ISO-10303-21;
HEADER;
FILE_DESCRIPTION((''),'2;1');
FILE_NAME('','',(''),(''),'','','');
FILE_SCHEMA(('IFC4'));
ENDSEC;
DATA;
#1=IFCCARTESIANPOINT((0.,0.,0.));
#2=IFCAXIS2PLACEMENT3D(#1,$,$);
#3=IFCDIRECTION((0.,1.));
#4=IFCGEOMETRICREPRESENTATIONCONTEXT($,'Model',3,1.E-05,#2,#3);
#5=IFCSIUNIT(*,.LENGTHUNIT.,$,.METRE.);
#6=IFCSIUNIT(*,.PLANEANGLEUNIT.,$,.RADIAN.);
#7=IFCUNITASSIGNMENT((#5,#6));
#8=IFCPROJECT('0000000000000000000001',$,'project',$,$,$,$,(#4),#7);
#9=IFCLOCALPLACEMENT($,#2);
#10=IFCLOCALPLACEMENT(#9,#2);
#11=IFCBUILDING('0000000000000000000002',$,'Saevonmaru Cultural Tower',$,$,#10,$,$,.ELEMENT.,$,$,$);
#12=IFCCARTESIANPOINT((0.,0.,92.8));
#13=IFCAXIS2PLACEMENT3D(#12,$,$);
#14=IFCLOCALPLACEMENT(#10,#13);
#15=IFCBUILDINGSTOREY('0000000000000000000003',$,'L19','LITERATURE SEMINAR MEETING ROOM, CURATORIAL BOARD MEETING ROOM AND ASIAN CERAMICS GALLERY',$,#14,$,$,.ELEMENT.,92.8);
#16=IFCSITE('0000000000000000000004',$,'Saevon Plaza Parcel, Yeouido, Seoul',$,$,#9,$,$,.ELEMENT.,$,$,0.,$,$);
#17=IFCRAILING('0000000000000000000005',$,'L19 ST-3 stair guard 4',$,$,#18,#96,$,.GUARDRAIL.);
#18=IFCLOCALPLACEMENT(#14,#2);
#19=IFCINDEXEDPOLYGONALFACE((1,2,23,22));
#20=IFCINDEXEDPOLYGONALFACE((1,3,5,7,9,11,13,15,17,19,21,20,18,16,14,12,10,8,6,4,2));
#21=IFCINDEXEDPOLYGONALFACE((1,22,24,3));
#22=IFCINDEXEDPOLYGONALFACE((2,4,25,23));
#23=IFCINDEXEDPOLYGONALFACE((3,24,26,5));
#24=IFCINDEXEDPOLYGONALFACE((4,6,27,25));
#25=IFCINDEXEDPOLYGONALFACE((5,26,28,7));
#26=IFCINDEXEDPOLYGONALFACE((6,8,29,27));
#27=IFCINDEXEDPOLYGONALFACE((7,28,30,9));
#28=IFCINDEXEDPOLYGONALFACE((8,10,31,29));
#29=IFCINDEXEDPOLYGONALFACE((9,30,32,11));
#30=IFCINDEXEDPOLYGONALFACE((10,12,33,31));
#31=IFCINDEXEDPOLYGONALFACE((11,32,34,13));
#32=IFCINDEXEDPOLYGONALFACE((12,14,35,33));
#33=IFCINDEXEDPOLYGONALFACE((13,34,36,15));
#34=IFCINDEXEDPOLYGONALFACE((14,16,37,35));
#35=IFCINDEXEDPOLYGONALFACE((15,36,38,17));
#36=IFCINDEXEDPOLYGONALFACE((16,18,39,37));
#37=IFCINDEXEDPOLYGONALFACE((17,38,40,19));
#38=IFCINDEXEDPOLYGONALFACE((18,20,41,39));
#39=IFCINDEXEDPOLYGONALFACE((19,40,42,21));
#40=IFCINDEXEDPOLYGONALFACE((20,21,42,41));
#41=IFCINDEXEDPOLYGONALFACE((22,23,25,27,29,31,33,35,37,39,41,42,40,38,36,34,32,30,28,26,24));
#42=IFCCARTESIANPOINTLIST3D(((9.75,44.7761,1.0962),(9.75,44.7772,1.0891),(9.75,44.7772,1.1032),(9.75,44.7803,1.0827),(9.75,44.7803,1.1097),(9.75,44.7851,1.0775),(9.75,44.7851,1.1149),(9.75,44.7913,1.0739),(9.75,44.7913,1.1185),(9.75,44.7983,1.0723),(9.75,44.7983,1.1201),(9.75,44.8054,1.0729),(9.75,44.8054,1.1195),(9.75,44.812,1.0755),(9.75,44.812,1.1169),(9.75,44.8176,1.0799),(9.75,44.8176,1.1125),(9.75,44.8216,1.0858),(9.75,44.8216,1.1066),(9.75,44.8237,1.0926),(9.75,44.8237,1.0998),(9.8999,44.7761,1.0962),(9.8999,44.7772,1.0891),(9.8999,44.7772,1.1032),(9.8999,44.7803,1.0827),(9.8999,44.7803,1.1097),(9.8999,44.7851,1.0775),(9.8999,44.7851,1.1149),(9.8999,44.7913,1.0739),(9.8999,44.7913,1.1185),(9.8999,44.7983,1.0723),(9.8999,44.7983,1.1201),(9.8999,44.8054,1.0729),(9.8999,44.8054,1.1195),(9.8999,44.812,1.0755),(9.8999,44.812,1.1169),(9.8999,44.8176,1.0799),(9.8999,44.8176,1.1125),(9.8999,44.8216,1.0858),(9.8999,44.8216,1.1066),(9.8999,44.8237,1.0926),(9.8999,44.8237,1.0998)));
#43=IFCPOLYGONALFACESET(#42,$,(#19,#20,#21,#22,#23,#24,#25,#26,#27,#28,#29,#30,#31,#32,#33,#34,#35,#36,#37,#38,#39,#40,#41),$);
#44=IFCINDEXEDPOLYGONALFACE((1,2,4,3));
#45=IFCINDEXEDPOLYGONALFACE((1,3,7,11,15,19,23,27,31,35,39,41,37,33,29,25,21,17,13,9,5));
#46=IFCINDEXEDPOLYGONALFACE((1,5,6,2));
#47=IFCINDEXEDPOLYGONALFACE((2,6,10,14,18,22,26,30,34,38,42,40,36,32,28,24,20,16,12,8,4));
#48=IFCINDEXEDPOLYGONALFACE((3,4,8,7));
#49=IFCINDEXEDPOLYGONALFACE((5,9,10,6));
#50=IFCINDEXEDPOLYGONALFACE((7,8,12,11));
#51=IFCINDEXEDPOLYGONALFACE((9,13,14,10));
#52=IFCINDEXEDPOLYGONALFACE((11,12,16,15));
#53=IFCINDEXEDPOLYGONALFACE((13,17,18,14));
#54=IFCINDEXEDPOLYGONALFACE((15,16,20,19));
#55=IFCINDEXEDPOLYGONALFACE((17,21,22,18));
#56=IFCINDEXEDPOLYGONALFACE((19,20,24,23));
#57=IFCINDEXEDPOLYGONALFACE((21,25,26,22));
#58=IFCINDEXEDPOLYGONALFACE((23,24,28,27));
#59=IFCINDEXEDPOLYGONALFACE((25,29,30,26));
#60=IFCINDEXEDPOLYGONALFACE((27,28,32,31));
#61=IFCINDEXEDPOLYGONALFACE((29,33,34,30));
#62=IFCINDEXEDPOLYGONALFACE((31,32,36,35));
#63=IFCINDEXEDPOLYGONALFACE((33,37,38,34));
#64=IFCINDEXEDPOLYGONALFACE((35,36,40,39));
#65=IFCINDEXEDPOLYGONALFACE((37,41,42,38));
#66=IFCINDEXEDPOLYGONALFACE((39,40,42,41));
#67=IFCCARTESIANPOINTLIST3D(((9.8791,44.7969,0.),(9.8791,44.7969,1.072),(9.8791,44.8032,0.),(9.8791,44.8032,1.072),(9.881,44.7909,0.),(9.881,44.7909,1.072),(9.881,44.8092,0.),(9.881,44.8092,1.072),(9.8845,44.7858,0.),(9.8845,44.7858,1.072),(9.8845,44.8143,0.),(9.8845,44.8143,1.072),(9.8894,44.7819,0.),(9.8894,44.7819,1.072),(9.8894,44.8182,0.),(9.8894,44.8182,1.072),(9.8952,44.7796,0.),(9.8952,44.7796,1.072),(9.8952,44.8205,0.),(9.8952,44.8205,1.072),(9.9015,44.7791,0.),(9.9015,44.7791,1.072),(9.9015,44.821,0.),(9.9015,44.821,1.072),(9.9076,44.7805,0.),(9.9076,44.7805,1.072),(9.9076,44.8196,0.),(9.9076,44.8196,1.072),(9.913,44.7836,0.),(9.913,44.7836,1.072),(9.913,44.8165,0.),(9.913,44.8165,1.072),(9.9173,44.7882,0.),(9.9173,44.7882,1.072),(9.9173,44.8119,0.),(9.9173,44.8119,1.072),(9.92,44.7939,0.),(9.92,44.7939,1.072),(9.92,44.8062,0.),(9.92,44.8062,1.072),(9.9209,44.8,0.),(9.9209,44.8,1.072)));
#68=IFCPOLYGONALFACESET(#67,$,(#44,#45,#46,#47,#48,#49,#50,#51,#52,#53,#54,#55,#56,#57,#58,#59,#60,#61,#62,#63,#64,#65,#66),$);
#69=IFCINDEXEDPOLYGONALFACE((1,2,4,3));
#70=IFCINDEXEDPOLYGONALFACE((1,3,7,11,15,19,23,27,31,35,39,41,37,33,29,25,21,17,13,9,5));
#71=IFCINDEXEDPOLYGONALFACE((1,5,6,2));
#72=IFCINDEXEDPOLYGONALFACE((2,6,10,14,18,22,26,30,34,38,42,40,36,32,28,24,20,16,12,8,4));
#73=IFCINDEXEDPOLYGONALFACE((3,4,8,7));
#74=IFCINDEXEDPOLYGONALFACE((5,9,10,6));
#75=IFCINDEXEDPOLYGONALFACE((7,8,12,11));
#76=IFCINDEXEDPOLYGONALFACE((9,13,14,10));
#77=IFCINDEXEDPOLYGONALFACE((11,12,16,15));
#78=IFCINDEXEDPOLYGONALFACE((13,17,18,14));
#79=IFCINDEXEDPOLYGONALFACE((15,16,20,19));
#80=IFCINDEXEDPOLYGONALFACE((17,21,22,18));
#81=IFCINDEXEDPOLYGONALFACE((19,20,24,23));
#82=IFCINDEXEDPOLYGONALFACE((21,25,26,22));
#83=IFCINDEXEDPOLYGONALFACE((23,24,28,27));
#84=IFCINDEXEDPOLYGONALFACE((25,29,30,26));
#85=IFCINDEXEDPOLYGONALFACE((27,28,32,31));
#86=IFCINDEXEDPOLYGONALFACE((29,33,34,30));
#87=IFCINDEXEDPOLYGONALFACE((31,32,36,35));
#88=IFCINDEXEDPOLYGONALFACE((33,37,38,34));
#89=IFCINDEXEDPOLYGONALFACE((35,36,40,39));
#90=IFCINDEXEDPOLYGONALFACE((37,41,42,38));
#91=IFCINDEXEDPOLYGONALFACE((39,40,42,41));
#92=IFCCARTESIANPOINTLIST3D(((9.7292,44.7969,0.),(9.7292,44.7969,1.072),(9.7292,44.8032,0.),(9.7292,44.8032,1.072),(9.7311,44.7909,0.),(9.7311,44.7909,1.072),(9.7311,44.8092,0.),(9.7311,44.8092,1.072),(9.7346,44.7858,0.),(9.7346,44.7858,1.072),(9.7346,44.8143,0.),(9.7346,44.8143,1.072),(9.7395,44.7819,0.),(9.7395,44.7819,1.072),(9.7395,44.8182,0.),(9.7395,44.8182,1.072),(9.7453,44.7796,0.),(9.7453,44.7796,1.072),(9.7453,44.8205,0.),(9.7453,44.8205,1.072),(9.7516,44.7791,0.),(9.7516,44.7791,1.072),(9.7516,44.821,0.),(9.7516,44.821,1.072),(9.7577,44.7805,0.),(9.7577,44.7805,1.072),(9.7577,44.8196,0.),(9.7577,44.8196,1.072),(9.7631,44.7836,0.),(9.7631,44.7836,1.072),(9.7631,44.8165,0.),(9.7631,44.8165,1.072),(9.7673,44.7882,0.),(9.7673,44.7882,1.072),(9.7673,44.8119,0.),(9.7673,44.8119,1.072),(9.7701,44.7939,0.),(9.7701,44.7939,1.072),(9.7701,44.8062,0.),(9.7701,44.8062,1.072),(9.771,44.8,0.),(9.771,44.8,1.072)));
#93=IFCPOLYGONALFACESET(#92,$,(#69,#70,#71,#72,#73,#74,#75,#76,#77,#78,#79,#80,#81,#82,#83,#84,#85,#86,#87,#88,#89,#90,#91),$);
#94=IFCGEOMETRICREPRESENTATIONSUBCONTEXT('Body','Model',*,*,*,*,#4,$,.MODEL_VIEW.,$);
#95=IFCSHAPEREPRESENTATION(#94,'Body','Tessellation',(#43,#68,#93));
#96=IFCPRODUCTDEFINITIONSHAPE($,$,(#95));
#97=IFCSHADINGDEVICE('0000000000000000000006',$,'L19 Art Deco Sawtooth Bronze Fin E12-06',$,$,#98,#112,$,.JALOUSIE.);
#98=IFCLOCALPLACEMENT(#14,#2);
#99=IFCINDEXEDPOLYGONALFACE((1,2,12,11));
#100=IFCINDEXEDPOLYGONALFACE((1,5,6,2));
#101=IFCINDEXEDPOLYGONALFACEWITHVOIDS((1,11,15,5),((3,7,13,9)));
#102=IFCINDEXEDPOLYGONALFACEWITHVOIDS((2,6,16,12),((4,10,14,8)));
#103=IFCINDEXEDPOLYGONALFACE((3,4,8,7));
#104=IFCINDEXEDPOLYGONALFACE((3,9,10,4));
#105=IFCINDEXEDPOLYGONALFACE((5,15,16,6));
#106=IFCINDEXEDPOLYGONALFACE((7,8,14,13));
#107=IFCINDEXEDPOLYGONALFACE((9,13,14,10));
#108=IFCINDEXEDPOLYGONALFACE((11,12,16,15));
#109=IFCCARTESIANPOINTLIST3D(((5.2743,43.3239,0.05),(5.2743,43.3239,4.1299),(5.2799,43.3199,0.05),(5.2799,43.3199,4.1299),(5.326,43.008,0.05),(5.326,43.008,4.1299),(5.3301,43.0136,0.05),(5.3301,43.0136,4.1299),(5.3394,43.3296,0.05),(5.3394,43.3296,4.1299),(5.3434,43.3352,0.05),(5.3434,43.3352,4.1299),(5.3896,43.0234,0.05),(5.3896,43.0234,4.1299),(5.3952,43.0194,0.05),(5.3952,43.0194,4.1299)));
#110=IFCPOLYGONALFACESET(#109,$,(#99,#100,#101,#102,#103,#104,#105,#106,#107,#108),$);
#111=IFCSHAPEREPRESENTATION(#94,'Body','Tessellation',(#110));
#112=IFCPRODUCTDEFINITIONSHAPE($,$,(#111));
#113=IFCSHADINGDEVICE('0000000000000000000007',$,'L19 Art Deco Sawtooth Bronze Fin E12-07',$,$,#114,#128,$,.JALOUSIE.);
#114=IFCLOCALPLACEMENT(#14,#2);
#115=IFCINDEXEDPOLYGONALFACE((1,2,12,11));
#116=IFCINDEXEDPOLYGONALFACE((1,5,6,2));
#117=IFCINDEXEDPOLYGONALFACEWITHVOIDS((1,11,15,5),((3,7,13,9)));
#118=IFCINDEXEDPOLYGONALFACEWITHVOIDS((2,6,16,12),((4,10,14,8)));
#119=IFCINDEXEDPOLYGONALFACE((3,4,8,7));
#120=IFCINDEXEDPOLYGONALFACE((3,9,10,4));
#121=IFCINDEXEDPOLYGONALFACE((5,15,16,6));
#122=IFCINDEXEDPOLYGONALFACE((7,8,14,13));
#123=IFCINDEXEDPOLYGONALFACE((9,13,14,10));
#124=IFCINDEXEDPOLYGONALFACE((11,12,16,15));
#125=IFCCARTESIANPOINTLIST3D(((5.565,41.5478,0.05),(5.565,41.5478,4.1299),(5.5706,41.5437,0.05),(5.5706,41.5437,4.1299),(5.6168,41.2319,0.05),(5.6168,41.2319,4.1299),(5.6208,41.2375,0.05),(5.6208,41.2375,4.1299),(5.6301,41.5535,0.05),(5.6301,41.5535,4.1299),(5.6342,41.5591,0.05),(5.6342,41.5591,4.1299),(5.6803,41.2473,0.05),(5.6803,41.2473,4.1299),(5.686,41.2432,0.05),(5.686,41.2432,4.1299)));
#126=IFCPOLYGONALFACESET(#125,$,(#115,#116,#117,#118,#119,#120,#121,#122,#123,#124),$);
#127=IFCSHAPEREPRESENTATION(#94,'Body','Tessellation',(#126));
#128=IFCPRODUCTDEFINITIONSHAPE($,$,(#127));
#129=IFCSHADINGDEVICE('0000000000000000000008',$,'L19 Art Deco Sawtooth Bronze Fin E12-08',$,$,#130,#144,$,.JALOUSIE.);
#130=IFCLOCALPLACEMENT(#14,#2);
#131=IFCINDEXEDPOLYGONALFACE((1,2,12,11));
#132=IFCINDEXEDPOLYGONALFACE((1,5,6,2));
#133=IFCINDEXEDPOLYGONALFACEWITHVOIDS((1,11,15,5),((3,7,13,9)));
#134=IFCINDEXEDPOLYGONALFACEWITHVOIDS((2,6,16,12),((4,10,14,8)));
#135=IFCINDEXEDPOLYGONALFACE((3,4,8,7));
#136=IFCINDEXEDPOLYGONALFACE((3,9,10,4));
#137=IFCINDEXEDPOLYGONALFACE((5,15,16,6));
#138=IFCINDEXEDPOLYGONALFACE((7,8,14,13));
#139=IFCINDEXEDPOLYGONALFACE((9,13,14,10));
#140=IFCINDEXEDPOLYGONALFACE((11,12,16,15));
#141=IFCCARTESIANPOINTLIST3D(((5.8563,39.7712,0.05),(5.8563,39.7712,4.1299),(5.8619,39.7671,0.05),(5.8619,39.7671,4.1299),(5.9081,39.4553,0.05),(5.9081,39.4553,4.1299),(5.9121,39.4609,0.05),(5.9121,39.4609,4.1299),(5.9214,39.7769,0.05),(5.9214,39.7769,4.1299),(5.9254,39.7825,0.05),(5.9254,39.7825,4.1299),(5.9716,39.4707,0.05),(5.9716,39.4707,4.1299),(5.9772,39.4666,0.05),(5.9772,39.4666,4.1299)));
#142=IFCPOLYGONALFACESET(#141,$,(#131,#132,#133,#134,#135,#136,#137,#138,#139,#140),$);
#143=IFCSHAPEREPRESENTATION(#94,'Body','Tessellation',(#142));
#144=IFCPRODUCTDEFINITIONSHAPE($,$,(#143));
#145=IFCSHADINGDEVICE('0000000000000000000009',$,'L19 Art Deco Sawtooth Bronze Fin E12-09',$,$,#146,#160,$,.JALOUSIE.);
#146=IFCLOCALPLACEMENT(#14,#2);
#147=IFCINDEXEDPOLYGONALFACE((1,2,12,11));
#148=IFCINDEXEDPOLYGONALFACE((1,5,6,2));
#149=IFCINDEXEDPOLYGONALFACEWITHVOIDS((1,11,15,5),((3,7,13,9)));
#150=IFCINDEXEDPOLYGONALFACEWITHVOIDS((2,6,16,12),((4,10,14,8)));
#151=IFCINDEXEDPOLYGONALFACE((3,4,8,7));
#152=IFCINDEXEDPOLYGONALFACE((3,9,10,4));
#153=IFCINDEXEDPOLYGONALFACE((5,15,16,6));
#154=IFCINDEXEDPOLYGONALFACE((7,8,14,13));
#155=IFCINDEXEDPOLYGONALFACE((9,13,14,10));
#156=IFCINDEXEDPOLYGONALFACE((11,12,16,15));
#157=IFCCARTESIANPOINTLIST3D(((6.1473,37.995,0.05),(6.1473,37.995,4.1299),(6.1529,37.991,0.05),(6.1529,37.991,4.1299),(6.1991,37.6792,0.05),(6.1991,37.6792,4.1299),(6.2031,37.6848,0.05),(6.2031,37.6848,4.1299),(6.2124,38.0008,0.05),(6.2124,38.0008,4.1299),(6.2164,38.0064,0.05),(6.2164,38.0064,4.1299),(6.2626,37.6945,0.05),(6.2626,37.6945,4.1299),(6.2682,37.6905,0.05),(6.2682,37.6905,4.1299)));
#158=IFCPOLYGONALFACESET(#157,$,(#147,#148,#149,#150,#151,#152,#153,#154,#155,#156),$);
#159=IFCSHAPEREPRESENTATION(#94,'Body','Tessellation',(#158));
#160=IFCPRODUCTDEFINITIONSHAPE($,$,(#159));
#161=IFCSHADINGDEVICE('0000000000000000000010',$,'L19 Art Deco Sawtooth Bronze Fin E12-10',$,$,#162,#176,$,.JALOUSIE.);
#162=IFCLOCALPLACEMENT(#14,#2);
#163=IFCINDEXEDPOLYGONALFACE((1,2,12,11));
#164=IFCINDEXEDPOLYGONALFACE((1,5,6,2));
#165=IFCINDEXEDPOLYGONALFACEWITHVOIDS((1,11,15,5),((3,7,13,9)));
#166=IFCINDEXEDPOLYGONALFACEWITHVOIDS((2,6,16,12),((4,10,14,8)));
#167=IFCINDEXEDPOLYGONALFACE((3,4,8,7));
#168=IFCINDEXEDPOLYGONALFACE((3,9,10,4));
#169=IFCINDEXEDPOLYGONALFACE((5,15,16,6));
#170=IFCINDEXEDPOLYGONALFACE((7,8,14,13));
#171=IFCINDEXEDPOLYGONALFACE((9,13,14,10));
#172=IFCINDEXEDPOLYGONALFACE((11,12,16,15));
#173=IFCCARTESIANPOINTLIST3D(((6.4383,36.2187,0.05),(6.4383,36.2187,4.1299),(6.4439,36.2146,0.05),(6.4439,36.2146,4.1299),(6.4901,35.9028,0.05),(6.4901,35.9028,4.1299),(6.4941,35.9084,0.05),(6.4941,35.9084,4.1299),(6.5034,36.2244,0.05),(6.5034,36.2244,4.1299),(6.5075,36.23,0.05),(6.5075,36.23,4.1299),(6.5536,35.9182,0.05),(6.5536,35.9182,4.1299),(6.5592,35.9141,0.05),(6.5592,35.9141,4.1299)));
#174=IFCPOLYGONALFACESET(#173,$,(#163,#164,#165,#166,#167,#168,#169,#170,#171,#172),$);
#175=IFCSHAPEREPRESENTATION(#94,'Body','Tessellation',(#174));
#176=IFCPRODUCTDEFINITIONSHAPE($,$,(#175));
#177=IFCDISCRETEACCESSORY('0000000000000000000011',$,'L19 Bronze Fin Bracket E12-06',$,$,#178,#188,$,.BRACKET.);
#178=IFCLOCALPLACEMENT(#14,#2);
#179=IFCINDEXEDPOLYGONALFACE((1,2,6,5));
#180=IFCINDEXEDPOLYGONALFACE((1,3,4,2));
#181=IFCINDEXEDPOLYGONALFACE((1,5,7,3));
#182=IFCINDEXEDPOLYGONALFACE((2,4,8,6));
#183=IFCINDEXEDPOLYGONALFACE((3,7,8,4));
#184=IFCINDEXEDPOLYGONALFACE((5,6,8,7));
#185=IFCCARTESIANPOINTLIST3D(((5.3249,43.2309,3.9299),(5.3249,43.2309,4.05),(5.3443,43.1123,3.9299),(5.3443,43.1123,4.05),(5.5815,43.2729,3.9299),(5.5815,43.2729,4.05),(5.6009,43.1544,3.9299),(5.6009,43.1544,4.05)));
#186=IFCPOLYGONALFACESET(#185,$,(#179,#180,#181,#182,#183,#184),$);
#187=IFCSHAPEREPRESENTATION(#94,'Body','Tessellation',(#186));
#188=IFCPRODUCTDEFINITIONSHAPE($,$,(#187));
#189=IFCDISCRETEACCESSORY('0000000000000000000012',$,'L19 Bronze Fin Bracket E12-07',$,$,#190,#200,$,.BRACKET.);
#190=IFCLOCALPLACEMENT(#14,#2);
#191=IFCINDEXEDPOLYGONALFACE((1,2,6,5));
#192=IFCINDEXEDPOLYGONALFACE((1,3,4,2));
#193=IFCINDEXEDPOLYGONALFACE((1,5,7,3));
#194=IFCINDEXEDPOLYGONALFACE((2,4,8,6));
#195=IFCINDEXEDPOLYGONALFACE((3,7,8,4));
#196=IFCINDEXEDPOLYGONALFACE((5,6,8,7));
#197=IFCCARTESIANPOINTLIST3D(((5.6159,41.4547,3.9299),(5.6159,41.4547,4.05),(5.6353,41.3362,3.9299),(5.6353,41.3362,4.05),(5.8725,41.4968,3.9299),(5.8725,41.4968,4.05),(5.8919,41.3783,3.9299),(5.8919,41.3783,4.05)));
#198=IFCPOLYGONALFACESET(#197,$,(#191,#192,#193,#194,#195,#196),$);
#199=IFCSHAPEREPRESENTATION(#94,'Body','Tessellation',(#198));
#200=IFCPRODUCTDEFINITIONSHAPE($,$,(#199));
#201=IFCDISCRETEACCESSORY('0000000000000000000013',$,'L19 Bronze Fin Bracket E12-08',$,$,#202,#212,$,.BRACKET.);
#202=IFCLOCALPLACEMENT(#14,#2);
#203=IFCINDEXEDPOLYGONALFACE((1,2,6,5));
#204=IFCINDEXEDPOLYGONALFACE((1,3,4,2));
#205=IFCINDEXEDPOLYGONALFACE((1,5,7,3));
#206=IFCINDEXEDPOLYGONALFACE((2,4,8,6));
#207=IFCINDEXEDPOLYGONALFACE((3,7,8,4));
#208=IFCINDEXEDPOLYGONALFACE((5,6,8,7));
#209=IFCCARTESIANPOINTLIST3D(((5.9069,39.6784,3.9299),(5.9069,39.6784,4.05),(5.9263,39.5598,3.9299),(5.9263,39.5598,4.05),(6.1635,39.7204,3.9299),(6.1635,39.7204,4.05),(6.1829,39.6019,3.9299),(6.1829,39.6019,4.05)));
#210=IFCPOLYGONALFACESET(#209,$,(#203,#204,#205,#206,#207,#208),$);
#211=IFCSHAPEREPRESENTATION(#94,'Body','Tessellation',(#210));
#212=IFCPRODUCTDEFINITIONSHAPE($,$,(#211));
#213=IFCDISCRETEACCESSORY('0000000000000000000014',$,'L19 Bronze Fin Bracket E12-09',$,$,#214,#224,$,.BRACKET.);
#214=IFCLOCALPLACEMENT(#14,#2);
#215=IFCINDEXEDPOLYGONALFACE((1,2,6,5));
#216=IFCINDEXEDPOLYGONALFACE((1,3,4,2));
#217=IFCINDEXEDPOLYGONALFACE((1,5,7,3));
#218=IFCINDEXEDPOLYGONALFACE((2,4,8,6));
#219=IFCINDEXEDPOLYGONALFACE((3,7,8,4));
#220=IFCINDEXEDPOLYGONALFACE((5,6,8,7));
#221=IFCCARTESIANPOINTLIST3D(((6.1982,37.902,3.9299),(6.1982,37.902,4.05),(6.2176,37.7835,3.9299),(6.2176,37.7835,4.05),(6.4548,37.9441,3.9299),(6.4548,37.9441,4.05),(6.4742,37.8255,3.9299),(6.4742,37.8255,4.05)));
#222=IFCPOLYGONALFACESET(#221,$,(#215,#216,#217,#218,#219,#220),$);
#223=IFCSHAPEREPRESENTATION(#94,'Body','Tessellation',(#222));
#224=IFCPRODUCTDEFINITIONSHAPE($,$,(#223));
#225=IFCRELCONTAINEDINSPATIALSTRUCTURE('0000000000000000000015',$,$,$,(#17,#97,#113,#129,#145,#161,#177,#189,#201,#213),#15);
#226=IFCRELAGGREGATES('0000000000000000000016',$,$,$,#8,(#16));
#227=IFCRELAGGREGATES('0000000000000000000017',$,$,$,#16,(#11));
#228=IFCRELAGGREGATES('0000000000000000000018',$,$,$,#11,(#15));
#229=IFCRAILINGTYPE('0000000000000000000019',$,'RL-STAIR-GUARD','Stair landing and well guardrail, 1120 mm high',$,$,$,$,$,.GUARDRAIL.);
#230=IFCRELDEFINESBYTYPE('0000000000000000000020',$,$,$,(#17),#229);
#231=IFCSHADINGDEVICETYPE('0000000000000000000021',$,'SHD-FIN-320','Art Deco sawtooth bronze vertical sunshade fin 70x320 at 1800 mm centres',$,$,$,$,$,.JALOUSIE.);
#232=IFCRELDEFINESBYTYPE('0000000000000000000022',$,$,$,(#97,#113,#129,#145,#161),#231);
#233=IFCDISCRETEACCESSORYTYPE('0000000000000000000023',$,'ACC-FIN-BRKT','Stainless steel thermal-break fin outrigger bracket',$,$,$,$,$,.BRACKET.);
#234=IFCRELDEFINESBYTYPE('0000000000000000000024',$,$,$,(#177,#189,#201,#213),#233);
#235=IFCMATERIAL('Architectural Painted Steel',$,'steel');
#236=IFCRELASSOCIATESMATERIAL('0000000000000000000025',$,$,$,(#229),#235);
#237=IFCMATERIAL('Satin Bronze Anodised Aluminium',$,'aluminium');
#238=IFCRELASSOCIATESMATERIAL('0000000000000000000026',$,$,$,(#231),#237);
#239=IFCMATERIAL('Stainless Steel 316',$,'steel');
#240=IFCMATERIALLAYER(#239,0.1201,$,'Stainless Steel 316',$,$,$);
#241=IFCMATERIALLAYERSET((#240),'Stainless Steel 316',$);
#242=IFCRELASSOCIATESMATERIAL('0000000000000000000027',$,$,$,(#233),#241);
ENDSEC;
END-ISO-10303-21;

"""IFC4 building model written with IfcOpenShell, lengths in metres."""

from ifc_helpers import new_model, si_unit, direction, frame, origin, origin_2d, place, context, subcontext, project, spatial, rectangle, hollow_rectangle, circle, extrude, material, layer, layer_set, material_profile, profile_set, type_object, element, save


model = new_model("IFC4")

# Units and contexts
model_context = context("Model", 3, precision=1e-05, world=origin(), true_north=direction((0.0, 1.0)))
body_context = subcontext(model_context, "Body", "Model", "MODEL_VIEW")
ifc_project = project(units=[si_unit("LENGTHUNIT", "METRE"), si_unit("PLANEANGLEUNIT", "RADIAN")], contexts=[model_context])

# Site, building, storey
site_placement = place(None, origin())
site = spatial("IfcSite", under=ifc_project, at=site_placement, Name="Saevon Plaza Parcel, Yeouido, Seoul", CompositionType="ELEMENT", RefElevation=0.0)
building_placement = place(site_placement, origin())
building = spatial("IfcBuilding", under=site, at=building_placement, Name="Saevonmaru Cultural Tower", CompositionType="ELEMENT")
storey_placement = place(building_placement, frame((0.0, 0.0, 92.8)))
storey = spatial("IfcBuildingStorey", under=building, at=storey_placement, Name="L19", Description="LITERATURE SEMINAR MEETING ROOM, CURATORIAL BOARD MEETING ROOM AND ASIAN CERAMICS GALLERY", CompositionType="ELEMENT", Elevation=92.8)

# Shared definitions
ifc_material_1 = material(Name="Satin Bronze Anodised Aluminium", Category="aluminium")

# Railing
ifc_material_2 = material(Name="Architectural Painted Steel", Category="steel")
railing_type = type_object("IfcRailingType", Name="RL-STAIR-GUARD", Description="Stair landing and well guardrail, 1120 mm high", PredefinedType="GUARDRAIL", material=ifc_material_2)
railing_1_placement = place(storey_placement, frame((9.8999, 44.8, 0.0)))
element("IfcRailing", 1, at=railing_1_placement, inside=storey, type_object=railing_type, Name="L19 ST-3 stair guard 4", PredefinedType="GUARDRAIL", context=body_context, shape_type="SweptSolid", body=[
    extrude(circle(Radius=0.0239, at=origin_2d()), frame((0.0, 0.0, 1.0962), z_axis=(-1.0, 0.0, 0.0), x_axis=(0.0, -1.0, 0.0)), (0.0, 0.0, 1.0), 0.1499),
    extrude(circle(Radius=0.021, at=origin_2d()), origin(), (0.0, 0.0, 1.0), 1.072),
    extrude(circle(Radius=0.021, at=origin_2d()), frame((-0.1499, 0.0, 0.0)), (0.0, 0.0, 1.0), 1.072),
])

# Shading devices
ifc_material_profile_1 = material_profile(ifc_material_1, hollow_rectangle(XDim=0.0701, YDim=0.3201, WallThickness=0.0049, at=origin_2d()), Name="FIN-320x70")
ifc_profile_set_1 = profile_set([ifc_material_profile_1], Name="Satin Bronze Anodised Aluminium")
shading_device_type = type_object("IfcShadingDeviceType", Name="SHD-FIN-320", Description="Art Deco sawtooth bronze vertical sunshade fin 70x320 at 1800 mm centres", PredefinedType="JALOUSIE", material=ifc_profile_set_1)
for number, where, z_axis, x_axis, name in (
    (2, (5.3347, 43.1716, 0.05), (0.0, 0.0, 1.0), (-0.986827, -0.161776, 0.0), "L19 Art Deco Sawtooth Bronze Fin E12-06"),
    (3, (5.6255, 41.3955, 0.05), (0.0, 0.0, 1.0), (-0.986827, -0.161776, 0.0), "L19 Art Deco Sawtooth Bronze Fin E12-07"),
    (4, (5.9167, 39.6189, 0.05), (0.0, 0.0, 1.0), (-0.986827, -0.161776, 0.0), "L19 Art Deco Sawtooth Bronze Fin E12-08"),
    (5, (6.2078, 37.8428, 0.05), (0.0, 0.0, 1.0), (-0.986827, -0.161776, 0.0), "L19 Art Deco Sawtooth Bronze Fin E12-09"),
    (6, (6.4988, 36.0664, 0.05), (0.0, 0.0, 1.0), (-0.986827, -0.161776, 0.0), "L19 Art Deco Sawtooth Bronze Fin E12-10"),
):
    element("IfcShadingDevice", number, at=place(storey_placement, frame(where, z_axis=z_axis, x_axis=x_axis)), inside=storey, type_object=shading_device_type, Name=name, PredefinedType="JALOUSIE", context=body_context, shape_type="SweptSolid", body=[
        extrude(hollow_rectangle(XDim=0.0701, YDim=0.3201, WallThickness=0.0049, at=origin_2d()), origin(), (0.0, 0.0, 1.0), 4.0798),
    ])

# Discrete accessories
ifc_material_3 = material(Name="Stainless Steel 316", Category="steel")
ifc_layer_1 = layer(ifc_material_3, 0.1201, Name="Stainless Steel 316")
ifc_layer_set_1 = layer_set([ifc_layer_1], Name="Stainless Steel 316")
discrete_accessory_type = type_object("IfcDiscreteAccessoryType", Name="ACC-FIN-BRKT", Description="Stainless steel thermal-break fin outrigger bracket", PredefinedType="BRACKET", material=ifc_layer_set_1)
for number, where, z_axis, x_axis, name in (
    (7, (5.4629, 43.1926, 3.9299), (0.0, 0.0, 1.0), (-0.986827, -0.161776, 0.0), "L19 Bronze Fin Bracket E12-06"),
    (8, (5.7539, 41.4165, 3.9299), (0.0, 0.0, 1.0), (-0.986827, -0.161776, 0.0), "L19 Bronze Fin Bracket E12-07"),
    (9, (6.0449, 39.6401, 3.9299), (0.0, 0.0, 1.0), (-0.986827, -0.161776, 0.0), "L19 Bronze Fin Bracket E12-08"),
    (10, (6.3362, 37.8638, 3.9299), (0.0, 0.0, 1.0), (-0.986827, -0.161776, 0.0), "L19 Bronze Fin Bracket E12-09"),
):
    element("IfcDiscreteAccessory", number, at=place(storey_placement, frame(where, z_axis=z_axis, x_axis=x_axis)), inside=storey, type_object=discrete_accessory_type, Name=name, PredefinedType="BRACKET", context=body_context, shape_type="SweptSolid", body=[
        extrude(rectangle(XDim=0.26, YDim=0.1201, at=origin_2d()), origin(), (0.0, 0.0, 1.0), 0.1201),
    ])

save(model, "model.ifc")
